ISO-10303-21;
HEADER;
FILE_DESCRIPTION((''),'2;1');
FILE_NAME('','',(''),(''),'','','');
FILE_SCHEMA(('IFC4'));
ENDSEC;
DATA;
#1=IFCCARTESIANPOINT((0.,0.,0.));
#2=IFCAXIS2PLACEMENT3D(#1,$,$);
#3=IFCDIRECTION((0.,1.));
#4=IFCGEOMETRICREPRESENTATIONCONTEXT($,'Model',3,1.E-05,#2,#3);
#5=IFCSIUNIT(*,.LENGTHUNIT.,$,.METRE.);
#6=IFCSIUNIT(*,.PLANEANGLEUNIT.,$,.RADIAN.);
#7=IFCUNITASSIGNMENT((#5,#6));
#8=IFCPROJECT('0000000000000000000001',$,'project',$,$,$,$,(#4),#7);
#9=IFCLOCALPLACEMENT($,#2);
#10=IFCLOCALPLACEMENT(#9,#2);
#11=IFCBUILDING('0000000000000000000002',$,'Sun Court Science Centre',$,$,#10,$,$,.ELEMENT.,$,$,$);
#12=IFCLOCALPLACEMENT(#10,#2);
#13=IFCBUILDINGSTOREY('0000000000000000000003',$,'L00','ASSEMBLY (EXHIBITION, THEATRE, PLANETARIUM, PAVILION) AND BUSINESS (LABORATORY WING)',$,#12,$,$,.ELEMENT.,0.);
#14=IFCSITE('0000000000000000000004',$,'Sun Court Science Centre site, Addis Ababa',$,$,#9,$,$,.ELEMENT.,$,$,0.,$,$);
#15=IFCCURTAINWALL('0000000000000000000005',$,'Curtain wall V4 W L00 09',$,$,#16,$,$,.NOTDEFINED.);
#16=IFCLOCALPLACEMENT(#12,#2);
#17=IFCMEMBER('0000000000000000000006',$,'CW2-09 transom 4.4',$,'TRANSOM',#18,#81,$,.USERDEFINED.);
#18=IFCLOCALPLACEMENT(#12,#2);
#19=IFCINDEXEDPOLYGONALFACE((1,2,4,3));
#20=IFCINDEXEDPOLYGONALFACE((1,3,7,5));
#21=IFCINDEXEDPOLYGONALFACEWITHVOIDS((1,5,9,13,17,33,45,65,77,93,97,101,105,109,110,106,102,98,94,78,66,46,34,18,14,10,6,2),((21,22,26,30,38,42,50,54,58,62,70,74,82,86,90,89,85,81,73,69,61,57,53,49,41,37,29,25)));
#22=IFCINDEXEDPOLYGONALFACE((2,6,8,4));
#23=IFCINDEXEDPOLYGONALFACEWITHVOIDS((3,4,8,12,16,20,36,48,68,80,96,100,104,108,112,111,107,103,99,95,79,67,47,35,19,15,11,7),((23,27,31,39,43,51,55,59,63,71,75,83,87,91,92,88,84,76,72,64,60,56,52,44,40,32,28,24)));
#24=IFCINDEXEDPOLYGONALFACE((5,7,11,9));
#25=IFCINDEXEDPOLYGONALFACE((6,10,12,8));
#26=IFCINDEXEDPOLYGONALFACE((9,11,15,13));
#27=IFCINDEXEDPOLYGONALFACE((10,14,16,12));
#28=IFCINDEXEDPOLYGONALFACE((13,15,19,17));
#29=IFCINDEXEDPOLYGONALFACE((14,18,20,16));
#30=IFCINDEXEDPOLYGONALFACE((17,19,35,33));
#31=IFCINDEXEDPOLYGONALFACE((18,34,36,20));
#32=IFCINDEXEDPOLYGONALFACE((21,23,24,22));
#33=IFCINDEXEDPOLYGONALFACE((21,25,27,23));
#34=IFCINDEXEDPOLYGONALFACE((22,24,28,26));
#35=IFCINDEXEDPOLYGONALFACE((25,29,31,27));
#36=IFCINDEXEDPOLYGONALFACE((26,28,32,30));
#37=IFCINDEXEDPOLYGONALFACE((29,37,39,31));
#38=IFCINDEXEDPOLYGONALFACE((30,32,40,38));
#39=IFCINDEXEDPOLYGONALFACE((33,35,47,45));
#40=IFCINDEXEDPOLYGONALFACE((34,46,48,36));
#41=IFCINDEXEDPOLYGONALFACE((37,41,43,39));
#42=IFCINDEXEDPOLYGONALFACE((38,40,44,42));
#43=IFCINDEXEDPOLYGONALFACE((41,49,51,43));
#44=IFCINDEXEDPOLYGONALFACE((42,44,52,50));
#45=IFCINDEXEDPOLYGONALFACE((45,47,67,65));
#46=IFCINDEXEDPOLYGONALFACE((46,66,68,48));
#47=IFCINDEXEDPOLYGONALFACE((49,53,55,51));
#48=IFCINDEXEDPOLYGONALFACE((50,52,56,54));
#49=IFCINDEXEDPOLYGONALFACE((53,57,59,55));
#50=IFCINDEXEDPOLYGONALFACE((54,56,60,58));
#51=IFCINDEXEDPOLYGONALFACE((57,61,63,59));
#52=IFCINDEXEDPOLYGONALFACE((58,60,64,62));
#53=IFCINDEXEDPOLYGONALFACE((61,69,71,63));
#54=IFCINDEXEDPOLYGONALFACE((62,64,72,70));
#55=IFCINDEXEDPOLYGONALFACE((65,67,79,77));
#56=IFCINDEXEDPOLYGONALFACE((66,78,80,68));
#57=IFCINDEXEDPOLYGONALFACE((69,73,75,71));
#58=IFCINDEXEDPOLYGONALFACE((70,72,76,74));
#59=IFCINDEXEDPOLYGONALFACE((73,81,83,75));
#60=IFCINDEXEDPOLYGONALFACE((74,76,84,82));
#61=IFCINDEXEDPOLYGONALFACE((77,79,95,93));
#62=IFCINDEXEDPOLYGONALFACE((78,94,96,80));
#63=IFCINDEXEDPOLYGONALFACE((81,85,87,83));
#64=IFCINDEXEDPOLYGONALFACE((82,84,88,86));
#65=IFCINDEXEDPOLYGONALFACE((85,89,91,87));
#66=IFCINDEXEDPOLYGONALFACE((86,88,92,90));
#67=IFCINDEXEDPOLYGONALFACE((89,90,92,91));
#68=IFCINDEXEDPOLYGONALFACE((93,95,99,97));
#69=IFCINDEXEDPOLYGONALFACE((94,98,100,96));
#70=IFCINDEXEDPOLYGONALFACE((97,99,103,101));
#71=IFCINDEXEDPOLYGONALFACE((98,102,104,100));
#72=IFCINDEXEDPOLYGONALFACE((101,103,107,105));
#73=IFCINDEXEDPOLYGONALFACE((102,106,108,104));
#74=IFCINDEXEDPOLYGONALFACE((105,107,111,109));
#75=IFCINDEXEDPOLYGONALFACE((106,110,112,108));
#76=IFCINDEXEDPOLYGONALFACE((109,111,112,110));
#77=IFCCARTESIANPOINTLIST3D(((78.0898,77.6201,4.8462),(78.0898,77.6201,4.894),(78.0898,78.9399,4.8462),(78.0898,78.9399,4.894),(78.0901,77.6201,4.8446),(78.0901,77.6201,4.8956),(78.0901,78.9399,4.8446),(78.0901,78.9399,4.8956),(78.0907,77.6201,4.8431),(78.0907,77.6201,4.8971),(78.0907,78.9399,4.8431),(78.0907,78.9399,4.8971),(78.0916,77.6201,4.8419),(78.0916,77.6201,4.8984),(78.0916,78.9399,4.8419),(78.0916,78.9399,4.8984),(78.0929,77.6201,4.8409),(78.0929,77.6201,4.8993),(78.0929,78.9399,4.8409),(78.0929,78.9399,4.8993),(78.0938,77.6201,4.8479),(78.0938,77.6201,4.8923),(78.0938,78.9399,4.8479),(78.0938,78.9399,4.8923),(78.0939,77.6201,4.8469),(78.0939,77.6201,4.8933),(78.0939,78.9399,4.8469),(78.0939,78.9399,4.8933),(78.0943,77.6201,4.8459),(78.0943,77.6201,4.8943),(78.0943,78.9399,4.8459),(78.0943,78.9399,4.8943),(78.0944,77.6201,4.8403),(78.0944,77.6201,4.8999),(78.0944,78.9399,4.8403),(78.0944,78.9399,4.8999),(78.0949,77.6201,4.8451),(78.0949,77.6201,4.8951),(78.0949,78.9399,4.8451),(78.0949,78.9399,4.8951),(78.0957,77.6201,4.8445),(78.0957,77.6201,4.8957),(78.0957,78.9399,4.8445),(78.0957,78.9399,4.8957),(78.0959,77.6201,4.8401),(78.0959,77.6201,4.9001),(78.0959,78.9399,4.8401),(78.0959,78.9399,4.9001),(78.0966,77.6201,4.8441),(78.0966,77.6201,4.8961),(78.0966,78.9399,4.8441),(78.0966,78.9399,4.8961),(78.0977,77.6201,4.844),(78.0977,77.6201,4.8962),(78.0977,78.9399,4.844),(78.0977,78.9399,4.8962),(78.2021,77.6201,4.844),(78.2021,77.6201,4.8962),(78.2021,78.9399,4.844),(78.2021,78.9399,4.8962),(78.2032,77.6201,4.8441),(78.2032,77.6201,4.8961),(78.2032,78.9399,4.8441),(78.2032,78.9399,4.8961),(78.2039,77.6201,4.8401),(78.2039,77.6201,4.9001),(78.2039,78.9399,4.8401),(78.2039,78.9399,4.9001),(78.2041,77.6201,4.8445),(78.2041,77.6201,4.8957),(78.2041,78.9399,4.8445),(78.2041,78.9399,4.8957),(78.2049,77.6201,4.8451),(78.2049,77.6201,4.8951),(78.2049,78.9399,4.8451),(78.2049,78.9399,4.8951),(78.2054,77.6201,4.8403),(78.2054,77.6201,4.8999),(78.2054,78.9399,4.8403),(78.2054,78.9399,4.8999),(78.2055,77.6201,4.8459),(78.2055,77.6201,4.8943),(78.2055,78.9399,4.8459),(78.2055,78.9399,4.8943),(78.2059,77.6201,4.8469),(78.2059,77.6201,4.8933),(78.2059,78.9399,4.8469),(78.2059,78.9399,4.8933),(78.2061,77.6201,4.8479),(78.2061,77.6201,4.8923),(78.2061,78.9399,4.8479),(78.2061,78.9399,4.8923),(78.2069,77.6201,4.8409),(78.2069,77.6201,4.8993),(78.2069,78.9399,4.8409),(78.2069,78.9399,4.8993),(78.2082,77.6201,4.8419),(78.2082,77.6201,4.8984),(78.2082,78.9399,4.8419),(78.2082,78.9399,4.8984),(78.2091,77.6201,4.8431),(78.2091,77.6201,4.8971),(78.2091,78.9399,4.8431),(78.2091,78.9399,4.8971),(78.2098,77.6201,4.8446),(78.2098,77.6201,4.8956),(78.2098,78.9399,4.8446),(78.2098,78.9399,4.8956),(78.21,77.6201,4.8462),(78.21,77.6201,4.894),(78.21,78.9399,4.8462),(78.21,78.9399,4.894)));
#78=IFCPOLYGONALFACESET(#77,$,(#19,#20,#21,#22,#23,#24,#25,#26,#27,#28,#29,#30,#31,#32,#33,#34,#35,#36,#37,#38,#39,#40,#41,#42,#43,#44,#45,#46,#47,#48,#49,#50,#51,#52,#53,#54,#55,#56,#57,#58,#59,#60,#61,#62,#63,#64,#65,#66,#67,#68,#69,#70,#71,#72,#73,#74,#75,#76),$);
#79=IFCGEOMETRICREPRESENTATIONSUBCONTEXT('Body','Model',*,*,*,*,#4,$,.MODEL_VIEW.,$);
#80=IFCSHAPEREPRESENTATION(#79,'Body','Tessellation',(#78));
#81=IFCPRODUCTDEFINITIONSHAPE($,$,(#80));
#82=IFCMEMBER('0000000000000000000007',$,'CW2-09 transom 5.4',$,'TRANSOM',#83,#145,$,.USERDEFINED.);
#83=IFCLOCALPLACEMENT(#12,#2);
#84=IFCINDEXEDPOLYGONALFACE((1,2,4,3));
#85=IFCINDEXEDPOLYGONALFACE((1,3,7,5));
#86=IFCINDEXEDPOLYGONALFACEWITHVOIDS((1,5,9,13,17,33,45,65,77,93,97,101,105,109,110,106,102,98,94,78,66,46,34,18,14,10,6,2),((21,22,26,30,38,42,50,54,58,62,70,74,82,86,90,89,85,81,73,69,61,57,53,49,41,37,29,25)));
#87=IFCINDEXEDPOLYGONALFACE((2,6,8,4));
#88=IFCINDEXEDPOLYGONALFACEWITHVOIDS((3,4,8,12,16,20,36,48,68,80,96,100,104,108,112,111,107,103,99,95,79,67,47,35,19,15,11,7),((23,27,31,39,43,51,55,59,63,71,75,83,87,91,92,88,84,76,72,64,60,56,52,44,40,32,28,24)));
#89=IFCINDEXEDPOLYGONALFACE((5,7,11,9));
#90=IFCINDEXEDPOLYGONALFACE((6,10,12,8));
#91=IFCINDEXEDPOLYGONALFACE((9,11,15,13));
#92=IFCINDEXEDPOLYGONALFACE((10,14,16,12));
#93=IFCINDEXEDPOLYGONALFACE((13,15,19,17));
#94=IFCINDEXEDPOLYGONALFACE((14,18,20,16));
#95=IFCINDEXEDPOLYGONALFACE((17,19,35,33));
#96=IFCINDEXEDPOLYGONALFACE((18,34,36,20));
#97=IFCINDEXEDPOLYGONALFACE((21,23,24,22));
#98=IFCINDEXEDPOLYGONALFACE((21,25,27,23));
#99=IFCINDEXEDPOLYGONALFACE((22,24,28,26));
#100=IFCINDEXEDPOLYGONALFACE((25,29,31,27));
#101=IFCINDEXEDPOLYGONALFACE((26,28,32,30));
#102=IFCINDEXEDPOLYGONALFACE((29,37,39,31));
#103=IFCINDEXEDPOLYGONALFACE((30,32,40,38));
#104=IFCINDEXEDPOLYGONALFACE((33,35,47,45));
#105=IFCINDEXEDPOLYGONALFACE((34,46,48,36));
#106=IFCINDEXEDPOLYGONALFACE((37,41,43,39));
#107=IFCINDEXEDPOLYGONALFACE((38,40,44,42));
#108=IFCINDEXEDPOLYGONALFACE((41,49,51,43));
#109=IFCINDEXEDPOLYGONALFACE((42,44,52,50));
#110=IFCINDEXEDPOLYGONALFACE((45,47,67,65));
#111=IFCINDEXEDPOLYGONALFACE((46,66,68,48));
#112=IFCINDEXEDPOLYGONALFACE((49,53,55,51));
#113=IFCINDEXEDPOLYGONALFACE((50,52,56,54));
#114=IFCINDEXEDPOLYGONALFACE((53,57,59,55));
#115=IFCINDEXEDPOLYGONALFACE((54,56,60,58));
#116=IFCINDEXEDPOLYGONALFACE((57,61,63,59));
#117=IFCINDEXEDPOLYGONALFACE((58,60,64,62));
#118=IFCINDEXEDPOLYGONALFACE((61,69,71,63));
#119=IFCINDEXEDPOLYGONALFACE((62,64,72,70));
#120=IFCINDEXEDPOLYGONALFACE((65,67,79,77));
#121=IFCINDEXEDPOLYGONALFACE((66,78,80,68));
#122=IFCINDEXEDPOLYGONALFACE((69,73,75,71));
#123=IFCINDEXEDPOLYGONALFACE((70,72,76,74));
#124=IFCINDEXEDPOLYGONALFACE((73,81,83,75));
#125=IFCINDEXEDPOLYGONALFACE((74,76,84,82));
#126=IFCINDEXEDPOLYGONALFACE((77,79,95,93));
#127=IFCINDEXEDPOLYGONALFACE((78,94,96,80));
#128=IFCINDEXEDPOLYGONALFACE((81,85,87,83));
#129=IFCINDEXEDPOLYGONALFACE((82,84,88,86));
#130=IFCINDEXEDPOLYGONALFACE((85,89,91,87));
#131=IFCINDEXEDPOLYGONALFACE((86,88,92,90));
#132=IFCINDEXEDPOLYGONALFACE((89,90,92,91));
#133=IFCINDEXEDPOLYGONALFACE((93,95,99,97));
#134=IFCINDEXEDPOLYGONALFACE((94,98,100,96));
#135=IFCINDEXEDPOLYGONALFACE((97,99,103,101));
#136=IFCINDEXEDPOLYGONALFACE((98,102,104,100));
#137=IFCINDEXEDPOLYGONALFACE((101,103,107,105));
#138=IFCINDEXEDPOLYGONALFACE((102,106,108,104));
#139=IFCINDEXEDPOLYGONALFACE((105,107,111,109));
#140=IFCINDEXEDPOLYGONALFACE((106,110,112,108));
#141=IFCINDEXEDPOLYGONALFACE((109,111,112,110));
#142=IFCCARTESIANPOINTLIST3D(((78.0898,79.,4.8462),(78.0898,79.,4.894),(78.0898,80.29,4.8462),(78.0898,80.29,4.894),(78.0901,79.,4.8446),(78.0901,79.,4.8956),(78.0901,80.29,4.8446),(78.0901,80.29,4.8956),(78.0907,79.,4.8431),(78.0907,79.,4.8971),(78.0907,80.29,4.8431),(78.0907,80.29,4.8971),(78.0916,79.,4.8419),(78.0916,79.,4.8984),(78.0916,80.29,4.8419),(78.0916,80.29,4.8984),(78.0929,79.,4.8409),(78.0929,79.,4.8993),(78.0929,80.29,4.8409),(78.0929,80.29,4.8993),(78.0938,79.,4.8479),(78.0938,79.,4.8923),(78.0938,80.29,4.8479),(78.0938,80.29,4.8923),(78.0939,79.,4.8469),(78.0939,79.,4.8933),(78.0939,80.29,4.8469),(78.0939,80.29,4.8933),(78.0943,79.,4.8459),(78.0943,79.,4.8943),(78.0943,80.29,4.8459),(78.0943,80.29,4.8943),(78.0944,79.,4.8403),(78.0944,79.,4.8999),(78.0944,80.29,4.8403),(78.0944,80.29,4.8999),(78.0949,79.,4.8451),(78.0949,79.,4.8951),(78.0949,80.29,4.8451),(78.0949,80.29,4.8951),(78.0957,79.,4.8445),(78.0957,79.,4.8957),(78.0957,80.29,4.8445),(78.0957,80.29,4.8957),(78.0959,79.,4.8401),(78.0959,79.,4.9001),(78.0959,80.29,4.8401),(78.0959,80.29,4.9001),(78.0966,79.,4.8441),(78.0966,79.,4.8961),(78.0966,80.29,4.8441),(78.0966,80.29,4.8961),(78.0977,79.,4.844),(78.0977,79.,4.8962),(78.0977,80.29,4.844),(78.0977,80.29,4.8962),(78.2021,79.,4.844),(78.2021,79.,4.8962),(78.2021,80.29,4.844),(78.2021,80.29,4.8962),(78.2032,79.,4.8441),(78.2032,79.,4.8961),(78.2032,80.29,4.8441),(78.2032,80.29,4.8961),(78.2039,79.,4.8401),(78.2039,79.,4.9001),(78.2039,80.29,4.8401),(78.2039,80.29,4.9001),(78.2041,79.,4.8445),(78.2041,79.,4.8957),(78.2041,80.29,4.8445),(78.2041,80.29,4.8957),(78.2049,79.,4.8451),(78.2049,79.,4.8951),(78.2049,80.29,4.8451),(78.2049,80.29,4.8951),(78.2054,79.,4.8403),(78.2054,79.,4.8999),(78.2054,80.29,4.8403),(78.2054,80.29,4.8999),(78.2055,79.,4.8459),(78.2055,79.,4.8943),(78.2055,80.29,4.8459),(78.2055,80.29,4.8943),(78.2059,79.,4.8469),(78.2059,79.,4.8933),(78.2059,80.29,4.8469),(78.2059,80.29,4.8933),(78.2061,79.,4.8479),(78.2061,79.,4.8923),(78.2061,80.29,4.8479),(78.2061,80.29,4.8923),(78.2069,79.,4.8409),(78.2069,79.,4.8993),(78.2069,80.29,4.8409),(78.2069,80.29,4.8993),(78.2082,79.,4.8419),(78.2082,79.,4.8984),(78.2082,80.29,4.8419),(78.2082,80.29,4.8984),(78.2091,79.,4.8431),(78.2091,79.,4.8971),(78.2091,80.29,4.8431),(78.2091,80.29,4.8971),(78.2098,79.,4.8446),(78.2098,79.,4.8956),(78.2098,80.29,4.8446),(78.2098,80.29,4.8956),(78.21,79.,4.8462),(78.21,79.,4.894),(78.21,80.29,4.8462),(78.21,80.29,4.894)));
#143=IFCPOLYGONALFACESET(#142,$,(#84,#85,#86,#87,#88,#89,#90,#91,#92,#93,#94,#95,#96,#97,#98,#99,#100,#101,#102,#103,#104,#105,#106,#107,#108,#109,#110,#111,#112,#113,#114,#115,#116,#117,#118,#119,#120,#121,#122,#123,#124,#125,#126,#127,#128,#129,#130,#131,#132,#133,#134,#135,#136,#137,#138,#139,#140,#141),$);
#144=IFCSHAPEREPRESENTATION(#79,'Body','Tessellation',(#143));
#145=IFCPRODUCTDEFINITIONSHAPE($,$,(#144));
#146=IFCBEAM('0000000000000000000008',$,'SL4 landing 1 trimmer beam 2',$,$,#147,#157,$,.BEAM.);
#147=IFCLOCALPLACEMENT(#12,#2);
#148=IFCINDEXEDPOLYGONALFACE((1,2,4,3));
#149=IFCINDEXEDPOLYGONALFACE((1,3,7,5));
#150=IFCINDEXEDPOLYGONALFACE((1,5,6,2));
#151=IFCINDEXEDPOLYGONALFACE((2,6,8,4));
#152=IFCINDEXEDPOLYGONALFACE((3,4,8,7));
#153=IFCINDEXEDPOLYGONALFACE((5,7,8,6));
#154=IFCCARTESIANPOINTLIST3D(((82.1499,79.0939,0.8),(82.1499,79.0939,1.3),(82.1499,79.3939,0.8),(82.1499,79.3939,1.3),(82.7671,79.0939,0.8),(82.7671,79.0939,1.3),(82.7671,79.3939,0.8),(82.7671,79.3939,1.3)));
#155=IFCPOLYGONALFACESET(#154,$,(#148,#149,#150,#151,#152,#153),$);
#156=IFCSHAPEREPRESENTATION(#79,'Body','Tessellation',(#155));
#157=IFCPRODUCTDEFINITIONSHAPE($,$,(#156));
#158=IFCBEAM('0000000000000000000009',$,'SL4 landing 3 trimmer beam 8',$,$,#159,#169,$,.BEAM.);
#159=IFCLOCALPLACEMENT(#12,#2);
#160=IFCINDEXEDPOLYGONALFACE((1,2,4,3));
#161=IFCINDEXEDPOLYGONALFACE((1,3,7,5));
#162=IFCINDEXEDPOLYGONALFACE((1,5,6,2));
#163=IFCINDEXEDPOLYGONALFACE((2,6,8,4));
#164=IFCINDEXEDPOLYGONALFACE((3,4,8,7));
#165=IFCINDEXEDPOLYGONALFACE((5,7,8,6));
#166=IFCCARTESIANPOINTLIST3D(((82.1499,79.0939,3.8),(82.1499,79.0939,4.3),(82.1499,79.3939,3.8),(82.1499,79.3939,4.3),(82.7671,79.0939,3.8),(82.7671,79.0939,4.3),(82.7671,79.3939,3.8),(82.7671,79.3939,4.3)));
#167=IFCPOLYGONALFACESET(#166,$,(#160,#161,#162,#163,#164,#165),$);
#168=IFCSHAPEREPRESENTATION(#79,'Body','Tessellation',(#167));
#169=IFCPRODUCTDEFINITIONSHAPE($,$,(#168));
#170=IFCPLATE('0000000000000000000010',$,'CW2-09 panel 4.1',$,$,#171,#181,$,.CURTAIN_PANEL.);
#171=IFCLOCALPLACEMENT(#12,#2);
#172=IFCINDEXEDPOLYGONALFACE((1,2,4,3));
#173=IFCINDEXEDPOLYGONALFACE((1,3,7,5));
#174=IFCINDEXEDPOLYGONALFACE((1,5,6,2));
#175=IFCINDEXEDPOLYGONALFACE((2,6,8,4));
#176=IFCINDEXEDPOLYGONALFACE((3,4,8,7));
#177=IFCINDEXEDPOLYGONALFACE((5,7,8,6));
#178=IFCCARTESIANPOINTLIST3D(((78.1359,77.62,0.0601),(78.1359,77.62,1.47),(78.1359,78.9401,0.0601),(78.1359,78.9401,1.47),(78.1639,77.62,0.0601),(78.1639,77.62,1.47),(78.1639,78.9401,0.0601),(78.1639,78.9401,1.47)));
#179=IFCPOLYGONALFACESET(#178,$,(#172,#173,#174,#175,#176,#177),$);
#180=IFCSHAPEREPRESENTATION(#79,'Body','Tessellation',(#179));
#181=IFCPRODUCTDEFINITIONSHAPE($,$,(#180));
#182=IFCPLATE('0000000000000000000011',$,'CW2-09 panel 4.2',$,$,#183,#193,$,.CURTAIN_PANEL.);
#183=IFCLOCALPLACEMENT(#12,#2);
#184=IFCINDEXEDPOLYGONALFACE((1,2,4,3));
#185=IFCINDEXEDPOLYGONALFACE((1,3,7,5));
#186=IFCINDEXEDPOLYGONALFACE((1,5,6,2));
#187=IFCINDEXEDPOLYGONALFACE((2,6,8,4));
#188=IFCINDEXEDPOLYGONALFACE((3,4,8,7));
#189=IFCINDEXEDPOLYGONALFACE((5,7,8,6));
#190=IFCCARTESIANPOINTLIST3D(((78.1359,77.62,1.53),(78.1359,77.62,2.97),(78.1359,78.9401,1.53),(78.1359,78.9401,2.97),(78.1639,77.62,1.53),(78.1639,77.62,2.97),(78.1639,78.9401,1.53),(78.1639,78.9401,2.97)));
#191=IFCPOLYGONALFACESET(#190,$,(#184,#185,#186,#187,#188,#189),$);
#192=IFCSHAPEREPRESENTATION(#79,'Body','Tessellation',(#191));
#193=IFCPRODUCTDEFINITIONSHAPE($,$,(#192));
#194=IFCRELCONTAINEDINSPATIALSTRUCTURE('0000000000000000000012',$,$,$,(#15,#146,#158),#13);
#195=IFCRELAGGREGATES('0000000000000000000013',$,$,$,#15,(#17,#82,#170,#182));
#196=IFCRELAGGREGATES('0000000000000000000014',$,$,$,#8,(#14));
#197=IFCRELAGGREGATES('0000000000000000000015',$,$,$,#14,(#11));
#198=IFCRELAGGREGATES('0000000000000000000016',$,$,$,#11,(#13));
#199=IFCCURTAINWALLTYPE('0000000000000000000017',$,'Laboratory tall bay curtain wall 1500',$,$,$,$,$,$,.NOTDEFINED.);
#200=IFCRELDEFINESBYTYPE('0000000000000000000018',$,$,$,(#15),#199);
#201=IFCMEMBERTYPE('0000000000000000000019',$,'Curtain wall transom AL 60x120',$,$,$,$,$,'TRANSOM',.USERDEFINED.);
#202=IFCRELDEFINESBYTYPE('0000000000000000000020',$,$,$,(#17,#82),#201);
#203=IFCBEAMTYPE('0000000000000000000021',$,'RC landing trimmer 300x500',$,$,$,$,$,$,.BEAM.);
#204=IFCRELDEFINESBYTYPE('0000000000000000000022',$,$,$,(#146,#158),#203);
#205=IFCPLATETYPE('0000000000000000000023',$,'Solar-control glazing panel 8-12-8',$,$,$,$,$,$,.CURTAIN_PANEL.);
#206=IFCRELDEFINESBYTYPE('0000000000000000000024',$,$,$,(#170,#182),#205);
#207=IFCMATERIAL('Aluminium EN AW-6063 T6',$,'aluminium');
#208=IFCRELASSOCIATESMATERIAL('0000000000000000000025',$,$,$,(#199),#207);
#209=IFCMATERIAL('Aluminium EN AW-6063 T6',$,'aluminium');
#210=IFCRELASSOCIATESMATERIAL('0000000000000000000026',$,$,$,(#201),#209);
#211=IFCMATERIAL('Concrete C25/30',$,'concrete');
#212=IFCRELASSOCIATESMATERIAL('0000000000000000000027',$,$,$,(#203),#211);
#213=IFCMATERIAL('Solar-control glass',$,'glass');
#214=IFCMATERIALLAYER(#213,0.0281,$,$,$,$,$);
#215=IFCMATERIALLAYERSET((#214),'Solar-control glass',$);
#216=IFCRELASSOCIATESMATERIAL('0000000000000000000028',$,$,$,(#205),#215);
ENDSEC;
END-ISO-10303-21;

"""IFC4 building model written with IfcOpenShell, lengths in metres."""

from ifc_helpers import new_model, si_unit, direction, frame, origin, origin_2d, place, context, subcontext, project, spatial, rectangle, hollow_rectangle, extrude, material, layer, layer_set, material_profile, profile_set, type_object, element, aggregate, save


model = new_model("IFC4")

# Units and contexts
model_context = context("Model", 3, precision=1e-05, world=origin(), true_north=direction((0.0, 1.0)))
body_context = subcontext(model_context, "Body", "Model", "MODEL_VIEW")
ifc_project = project(units=[si_unit("LENGTHUNIT", "METRE"), si_unit("PLANEANGLEUNIT", "RADIAN")], contexts=[model_context])

# Site, building, storey
site_placement = place(None, origin())
site = spatial("IfcSite", under=ifc_project, at=site_placement, Name="Sun Court Science Centre site, Addis Ababa", CompositionType="ELEMENT", RefElevation=0.0)
building_placement = place(site_placement, origin())
building = spatial("IfcBuilding", under=site, at=building_placement, Name="Sun Court Science Centre", CompositionType="ELEMENT")
storey_placement = place(building_placement, origin())
storey = spatial("IfcBuildingStorey", under=building, at=storey_placement, Name="L00", Description="ASSEMBLY (EXHIBITION, THEATRE, PLANETARIUM, PAVILION) AND BUSINESS (LABORATORY WING)", CompositionType="ELEMENT", Elevation=0.0)

# Curtain wall, members
ifc_material_1 = material(Name="Aluminium EN AW-6063 T6", Category="aluminium")
curtain_wall_type = type_object("IfcCurtainWallType", Name="Laboratory tall bay curtain wall 1500", PredefinedType="NOTDEFINED", material=ifc_material_1)
curtain_wall_placement = place(storey_placement, origin())
curtain_wall = element("IfcCurtainWall", 1, at=curtain_wall_placement, inside=storey, type_object=curtain_wall_type, Name="Curtain wall V4 W L00 09", PredefinedType="NOTDEFINED")
ifc_material_2 = material(Name="Aluminium EN AW-6063 T6", Category="aluminium")
ifc_material_profile_1 = material_profile(ifc_material_2, hollow_rectangle(XDim=0.0601, YDim=0.1201, WallThickness=0.0039, InnerFilletRadius=0.0039, OuterFilletRadius=0.0061, at=origin_2d()), Name="AL 60x120x4")
ifc_profile_set_1 = profile_set([ifc_material_profile_1], Name="Aluminium EN AW-6063 T6")
member_type_1 = type_object("IfcMemberType", Name="Curtain wall transom AL 60x120", ElementType="TRANSOM", PredefinedType="USERDEFINED", material=ifc_profile_set_1)
member_1_placement = place(storey_placement, frame((78.1499, 77.6201, 4.8701), z_axis=(0.0, 1.0, 0.0), x_axis=(0.0, 0.0, 1.0)))
member_1 = element("IfcMember", 2, at=member_1_placement, type_object=member_type_1, Name="CW2-09 transom 4.4", ObjectType="TRANSOM", PredefinedType="USERDEFINED", context=body_context, shape_type="SweptSolid", body=[
    extrude(hollow_rectangle(XDim=0.0601, YDim=0.1201, WallThickness=0.0039, InnerFilletRadius=0.0039, OuterFilletRadius=0.0061, at=origin_2d()), origin(), (0.0, 0.0, 1.0), 1.3198),
])
member_2_placement = place(storey_placement, frame((78.1499, 79.0, 4.8701), z_axis=(0.0, 1.0, 0.0), x_axis=(0.0, 0.0, 1.0)))
member_2 = element("IfcMember", 3, at=member_2_placement, type_object=member_type_1, Name="CW2-09 transom 5.4", ObjectType="TRANSOM", PredefinedType="USERDEFINED", context=body_context, shape_type="SweptSolid", body=[
    extrude(hollow_rectangle(XDim=0.0601, YDim=0.1201, WallThickness=0.0039, InnerFilletRadius=0.0039, OuterFilletRadius=0.0061, at=origin_2d()), origin(), (0.0, 0.0, 1.0), 1.29),
])

# Beams
ifc_material_3 = material(Name="Concrete C25/30", Category="concrete")
ifc_material_profile_2 = material_profile(ifc_material_3, rectangle(XDim=0.3, YDim=0.5, at=origin_2d()), Name="RC 300x500")
ifc_profile_set_2 = profile_set([ifc_material_profile_2], Name="Concrete C25/30")
beam_type = type_object("IfcBeamType", Name="RC landing trimmer 300x500", PredefinedType="BEAM", material=ifc_profile_set_2)
for number, where, z_axis, x_axis, name in (
    (4, (82.1499, 79.2439, 1.05), (1.0, 0.0, 0.0), (0.0, 1.0, 0.0), "SL4 landing 1 trimmer beam 2"),
    (5, (82.1499, 79.2439, 4.05), (1.0, 0.0, 0.0), (0.0, 1.0, 0.0), "SL4 landing 3 trimmer beam 8"),
):
    element("IfcBeam", number, at=place(storey_placement, frame(where, z_axis=z_axis, x_axis=x_axis)), inside=storey, type_object=beam_type, Name=name, PredefinedType="BEAM", context=body_context, shape_type="SweptSolid", body=[
        extrude(rectangle(XDim=0.3, YDim=0.5, at=origin_2d()), origin(), (0.0, 0.0, 1.0), 0.6172),
    ])

# Plates
ifc_material_4 = material(Name="Solar-control glass", Category="glass")
ifc_layer = layer(ifc_material_4, 0.0281)
ifc_layer_set = layer_set([ifc_layer], Name="Solar-control glass")
plate_type = type_object("IfcPlateType", Name="Solar-control glazing panel 8-12-8", PredefinedType="CURTAIN_PANEL", material=ifc_layer_set)
plate_1_placement = place(storey_placement, frame((78.1499, 78.28, 0.0601), z_axis=(0.0, 0.0, 1.0), x_axis=(0.0, 1.0, 0.0)))
plate_1 = element("IfcPlate", 6, at=plate_1_placement, type_object=plate_type, Name="CW2-09 panel 4.1", PredefinedType="CURTAIN_PANEL", context=body_context, shape_type="SweptSolid", body=[
    extrude(rectangle(XDim=1.3201, YDim=0.0281, at=origin_2d()), origin(), (0.0, 0.0, 1.0), 1.4099),
])
plate_2_placement = place(storey_placement, frame((78.1499, 78.28, 1.53), z_axis=(0.0, 0.0, 1.0), x_axis=(0.0, 1.0, 0.0)))
plate_2 = element("IfcPlate", 7, at=plate_2_placement, type_object=plate_type, Name="CW2-09 panel 4.2", PredefinedType="CURTAIN_PANEL", context=body_context, shape_type="SweptSolid", body=[
    extrude(rectangle(XDim=1.3201, YDim=0.0281, at=origin_2d()), origin(), (0.0, 0.0, 1.0), 1.4399),
])
aggregate(curtain_wall, [member_1, member_2, plate_1, plate_2])

save(model, "model.ifc")
